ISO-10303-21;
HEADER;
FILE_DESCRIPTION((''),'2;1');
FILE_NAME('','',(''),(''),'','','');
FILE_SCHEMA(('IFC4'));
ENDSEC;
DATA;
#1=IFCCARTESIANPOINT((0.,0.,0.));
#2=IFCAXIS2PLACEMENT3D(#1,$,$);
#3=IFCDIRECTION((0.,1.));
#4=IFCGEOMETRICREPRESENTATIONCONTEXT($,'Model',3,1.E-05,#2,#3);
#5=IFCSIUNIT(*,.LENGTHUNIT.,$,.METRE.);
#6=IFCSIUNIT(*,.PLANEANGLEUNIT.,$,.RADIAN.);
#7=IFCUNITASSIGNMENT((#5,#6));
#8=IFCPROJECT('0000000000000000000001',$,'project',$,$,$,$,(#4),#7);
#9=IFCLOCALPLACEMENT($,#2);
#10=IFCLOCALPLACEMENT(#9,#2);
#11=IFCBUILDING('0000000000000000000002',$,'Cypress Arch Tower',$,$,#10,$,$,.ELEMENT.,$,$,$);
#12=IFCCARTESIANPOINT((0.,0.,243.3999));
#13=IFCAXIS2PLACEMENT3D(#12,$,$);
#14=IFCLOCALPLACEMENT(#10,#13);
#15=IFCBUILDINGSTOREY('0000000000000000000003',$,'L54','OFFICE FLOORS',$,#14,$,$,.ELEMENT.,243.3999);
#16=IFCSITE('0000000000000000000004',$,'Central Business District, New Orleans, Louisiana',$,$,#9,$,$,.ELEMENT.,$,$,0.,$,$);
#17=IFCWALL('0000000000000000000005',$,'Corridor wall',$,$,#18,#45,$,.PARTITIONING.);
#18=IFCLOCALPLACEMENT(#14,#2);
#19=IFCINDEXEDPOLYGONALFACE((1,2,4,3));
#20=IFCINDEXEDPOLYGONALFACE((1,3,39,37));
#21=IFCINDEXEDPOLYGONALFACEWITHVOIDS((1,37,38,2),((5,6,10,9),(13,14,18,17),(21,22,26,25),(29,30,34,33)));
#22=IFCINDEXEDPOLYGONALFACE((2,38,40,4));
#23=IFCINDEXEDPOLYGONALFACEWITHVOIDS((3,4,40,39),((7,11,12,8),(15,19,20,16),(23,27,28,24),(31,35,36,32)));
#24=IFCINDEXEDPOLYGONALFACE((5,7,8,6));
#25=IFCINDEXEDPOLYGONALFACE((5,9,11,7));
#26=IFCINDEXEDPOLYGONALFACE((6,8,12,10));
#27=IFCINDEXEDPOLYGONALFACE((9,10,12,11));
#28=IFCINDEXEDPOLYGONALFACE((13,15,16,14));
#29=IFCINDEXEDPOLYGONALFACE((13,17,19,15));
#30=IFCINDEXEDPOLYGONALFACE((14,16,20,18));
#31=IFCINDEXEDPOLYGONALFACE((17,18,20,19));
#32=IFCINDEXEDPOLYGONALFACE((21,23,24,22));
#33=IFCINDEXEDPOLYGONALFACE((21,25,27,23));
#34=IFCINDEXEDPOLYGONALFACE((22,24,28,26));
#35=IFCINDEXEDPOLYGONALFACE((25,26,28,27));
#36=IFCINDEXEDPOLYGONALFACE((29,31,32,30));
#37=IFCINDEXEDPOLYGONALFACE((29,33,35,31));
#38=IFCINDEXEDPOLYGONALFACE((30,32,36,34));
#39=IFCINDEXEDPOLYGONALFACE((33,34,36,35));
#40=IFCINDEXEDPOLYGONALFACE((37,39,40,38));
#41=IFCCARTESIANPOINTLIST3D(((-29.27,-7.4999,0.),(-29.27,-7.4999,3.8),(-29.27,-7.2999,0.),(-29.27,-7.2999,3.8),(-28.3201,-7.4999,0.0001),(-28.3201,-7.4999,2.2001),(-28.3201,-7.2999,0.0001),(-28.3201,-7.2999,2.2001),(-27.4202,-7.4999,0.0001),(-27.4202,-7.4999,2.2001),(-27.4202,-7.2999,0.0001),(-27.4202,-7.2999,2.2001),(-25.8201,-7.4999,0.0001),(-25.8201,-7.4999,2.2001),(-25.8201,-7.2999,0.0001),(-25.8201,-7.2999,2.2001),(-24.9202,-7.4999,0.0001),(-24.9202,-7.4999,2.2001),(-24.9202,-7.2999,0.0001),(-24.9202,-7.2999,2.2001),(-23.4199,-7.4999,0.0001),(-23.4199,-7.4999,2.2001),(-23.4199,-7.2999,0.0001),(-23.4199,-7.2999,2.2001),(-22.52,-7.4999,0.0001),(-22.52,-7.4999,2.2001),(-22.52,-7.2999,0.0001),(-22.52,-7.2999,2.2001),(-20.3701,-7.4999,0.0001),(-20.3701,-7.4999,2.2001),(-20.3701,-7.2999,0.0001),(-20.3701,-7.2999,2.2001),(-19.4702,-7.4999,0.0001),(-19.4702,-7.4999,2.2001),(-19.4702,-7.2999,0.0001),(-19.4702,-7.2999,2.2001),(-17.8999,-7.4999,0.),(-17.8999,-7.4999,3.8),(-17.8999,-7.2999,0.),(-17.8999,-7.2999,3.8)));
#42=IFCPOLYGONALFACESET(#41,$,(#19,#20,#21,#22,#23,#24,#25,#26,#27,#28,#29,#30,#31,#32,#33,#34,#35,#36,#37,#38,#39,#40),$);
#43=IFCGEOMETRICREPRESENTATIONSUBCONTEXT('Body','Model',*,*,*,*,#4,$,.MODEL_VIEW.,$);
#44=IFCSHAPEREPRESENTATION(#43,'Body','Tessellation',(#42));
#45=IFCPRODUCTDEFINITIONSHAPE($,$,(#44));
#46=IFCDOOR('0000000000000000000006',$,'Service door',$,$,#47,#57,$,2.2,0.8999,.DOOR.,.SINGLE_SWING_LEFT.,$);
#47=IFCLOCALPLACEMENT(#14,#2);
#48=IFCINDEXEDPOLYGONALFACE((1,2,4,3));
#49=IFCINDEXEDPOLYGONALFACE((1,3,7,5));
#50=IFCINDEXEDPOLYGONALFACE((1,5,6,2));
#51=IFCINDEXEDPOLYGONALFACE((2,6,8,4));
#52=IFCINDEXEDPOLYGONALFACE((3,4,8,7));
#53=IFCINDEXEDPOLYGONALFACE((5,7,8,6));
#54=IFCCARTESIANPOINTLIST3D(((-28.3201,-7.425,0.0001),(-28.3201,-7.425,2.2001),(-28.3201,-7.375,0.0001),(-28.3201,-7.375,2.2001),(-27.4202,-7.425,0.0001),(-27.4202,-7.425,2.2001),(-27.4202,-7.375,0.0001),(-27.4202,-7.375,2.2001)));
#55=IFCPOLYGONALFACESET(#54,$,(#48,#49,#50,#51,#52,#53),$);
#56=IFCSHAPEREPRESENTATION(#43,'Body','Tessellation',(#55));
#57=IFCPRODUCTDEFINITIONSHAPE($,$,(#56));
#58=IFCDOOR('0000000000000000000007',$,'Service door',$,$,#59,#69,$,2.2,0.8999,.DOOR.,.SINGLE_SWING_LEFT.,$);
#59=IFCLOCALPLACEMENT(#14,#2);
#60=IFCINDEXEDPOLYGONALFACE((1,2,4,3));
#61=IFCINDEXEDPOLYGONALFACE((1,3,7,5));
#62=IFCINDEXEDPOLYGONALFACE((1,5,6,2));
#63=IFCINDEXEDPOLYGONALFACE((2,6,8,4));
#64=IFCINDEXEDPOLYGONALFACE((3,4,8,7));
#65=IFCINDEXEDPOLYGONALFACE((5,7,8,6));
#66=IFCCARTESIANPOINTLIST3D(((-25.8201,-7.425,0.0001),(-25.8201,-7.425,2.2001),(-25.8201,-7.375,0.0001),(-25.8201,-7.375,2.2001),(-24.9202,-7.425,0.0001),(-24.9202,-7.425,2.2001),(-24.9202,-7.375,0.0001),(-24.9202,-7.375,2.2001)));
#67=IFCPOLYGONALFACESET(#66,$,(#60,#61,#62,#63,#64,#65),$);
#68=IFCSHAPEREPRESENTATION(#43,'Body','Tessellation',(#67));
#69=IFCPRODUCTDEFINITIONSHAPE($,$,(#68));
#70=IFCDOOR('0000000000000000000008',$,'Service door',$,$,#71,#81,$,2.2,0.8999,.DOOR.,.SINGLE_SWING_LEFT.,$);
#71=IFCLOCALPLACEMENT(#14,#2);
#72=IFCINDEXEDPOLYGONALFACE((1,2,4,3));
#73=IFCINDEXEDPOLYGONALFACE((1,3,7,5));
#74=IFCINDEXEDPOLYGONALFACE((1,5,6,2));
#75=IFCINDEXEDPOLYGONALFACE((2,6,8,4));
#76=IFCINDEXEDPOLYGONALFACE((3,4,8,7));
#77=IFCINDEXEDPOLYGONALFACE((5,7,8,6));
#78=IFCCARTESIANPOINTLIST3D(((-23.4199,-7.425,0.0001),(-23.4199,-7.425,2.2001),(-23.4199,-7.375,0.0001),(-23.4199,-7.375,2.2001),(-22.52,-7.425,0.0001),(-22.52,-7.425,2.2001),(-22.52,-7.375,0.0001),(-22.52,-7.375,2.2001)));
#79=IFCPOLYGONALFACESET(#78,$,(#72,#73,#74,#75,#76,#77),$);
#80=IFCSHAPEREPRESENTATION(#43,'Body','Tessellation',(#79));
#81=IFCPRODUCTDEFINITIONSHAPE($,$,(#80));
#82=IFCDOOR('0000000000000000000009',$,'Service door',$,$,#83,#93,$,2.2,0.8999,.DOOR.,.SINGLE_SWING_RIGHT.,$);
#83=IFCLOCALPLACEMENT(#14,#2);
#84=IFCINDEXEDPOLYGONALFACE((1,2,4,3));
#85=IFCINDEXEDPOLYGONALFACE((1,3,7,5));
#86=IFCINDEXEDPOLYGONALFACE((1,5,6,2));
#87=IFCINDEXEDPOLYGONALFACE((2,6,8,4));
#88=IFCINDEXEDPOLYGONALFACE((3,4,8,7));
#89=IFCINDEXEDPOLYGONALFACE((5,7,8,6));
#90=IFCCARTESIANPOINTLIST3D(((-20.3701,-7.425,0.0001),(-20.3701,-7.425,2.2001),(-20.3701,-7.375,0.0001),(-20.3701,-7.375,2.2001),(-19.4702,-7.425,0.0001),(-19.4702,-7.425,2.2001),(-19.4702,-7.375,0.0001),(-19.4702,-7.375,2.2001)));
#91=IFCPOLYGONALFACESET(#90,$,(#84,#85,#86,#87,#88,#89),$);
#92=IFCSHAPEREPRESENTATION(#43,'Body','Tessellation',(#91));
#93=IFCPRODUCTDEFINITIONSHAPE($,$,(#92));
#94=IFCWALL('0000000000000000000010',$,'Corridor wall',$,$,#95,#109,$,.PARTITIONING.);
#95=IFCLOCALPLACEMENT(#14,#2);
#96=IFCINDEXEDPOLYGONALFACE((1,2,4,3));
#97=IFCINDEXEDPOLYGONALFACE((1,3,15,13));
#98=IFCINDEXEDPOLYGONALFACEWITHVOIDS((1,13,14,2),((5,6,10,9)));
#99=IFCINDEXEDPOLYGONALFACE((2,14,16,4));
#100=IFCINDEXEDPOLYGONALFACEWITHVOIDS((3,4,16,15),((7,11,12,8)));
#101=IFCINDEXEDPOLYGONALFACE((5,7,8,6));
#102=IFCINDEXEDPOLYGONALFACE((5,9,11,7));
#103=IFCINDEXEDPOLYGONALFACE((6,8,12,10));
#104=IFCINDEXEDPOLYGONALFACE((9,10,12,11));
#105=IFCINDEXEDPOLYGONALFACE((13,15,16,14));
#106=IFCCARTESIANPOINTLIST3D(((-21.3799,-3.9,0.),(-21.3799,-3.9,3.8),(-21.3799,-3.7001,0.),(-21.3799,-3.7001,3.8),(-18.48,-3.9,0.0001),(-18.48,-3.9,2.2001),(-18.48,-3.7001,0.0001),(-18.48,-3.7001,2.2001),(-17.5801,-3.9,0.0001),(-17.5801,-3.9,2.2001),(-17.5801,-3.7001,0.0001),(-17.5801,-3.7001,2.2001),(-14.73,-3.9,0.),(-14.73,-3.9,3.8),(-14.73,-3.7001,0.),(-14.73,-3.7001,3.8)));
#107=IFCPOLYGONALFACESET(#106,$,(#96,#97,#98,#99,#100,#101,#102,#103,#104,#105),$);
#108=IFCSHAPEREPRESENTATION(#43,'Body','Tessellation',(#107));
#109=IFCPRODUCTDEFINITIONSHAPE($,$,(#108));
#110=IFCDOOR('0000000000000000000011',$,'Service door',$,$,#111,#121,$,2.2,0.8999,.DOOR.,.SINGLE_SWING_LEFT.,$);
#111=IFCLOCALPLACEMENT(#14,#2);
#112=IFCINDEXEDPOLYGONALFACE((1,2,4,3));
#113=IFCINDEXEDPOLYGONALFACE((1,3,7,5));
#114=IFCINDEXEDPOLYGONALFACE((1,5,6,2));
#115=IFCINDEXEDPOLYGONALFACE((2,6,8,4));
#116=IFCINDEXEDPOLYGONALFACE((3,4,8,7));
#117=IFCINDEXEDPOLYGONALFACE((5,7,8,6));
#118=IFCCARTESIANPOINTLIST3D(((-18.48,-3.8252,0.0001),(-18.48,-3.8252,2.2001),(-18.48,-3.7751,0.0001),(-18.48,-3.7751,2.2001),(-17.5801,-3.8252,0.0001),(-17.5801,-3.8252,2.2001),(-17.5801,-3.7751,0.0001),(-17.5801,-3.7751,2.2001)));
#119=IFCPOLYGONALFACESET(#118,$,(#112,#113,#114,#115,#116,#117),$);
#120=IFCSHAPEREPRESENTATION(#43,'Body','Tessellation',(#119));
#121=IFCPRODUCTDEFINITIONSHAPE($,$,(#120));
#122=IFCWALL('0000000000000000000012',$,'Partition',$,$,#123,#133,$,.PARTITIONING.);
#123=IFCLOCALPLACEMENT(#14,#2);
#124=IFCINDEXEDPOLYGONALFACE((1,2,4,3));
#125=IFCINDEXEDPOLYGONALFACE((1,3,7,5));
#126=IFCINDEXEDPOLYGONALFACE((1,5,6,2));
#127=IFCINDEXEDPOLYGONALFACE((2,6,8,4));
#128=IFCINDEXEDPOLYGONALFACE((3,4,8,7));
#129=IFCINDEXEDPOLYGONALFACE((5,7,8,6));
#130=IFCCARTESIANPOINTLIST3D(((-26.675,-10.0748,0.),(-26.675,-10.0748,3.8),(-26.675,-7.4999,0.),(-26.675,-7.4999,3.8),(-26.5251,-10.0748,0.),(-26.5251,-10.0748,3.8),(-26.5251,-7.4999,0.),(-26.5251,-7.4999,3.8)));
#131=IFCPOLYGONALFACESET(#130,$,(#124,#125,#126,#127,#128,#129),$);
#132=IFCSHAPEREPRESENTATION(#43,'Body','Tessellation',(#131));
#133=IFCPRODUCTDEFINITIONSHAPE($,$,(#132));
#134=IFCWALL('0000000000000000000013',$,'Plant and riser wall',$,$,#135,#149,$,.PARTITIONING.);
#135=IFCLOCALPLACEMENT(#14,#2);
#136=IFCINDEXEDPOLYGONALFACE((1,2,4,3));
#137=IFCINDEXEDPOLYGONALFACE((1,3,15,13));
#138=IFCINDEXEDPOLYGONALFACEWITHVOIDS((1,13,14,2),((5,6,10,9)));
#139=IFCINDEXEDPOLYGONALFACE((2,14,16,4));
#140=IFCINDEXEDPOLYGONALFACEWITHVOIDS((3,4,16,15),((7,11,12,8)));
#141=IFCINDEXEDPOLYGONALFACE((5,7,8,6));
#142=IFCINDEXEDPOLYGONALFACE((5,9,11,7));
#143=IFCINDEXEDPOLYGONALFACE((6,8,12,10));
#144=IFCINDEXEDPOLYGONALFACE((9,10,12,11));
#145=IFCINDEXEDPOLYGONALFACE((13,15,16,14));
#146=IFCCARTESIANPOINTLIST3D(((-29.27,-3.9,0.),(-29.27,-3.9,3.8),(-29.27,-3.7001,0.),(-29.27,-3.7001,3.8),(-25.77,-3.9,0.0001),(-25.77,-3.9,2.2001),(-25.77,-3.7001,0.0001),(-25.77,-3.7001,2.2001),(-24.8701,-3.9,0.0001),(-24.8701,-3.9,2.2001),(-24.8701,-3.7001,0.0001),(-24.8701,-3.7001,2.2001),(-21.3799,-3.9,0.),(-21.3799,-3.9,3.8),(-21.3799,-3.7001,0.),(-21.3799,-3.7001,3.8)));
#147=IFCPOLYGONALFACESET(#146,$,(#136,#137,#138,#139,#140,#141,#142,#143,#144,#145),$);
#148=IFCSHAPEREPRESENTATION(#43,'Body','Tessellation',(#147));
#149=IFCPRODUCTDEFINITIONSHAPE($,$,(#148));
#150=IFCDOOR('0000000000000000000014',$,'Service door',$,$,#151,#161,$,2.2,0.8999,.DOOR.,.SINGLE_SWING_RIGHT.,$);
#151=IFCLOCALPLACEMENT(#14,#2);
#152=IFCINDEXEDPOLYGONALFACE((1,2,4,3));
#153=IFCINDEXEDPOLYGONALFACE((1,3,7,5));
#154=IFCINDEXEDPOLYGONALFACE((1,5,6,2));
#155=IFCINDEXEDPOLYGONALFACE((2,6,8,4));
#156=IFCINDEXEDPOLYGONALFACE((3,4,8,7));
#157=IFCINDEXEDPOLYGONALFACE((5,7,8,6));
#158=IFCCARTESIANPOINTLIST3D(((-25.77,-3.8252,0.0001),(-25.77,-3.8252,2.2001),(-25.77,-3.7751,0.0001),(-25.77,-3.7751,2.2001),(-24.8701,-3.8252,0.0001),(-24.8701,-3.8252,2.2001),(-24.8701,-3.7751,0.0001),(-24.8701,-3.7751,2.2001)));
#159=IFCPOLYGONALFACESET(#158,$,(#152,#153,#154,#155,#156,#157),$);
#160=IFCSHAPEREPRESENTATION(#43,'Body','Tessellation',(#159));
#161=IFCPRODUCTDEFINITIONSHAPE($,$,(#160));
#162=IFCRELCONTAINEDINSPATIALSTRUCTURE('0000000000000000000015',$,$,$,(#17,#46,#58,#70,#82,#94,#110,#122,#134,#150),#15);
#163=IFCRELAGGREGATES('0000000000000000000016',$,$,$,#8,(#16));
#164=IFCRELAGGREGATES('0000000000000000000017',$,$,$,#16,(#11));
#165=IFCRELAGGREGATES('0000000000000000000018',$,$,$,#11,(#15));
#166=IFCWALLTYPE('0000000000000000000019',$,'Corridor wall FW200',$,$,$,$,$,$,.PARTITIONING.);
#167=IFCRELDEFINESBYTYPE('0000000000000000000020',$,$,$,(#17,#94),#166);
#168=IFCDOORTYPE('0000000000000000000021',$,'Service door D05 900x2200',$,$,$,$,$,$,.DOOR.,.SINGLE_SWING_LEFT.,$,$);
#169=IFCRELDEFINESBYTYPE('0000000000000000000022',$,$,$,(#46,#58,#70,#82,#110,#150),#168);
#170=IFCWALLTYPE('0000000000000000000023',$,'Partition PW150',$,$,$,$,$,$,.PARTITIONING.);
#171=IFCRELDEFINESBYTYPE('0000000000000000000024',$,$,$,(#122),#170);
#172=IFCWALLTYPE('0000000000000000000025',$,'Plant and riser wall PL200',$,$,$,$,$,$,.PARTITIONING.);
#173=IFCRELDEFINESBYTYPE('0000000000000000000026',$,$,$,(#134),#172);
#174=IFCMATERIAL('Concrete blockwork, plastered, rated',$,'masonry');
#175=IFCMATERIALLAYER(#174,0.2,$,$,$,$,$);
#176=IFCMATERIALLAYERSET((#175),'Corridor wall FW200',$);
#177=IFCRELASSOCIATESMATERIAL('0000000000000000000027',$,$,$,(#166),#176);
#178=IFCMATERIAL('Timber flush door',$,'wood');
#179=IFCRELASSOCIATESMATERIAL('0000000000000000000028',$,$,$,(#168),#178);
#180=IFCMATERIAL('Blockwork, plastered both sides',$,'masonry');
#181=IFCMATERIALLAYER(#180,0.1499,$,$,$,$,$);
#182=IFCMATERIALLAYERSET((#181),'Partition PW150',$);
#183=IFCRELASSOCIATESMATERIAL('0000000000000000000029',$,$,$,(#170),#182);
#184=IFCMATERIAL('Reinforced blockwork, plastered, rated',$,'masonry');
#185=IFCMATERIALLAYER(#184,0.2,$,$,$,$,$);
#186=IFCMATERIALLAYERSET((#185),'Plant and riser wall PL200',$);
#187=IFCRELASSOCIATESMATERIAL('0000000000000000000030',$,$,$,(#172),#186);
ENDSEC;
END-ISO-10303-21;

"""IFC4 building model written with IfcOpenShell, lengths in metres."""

from ifc_helpers import new_model, si_unit, direction, frame, frame_2d, origin, place, context, subcontext, project, spatial, rectangle, extrude, material, layer, layer_set, type_object, element, fill, save


model = new_model("IFC4")

# Units and contexts
model_context = context("Model", 3, precision=1e-05, world=origin(), true_north=direction((0.0, 1.0)))
body_context = subcontext(model_context, "Body", "Model", "MODEL_VIEW")
ifc_project = project(units=[si_unit("LENGTHUNIT", "METRE"), si_unit("PLANEANGLEUNIT", "RADIAN")], contexts=[model_context])

# Site, building, storey
site_placement = place(None, origin())
site = spatial("IfcSite", under=ifc_project, at=site_placement, Name="Central Business District, New Orleans, Louisiana", CompositionType="ELEMENT", RefElevation=0.0)
building_placement = place(site_placement, origin())
building = spatial("IfcBuilding", under=site, at=building_placement, Name="Cypress Arch Tower", CompositionType="ELEMENT")
storey_placement = place(building_placement, frame((0.0, 0.0, 243.3999)))
storey = spatial("IfcBuildingStorey", under=building, at=storey_placement, Name="L54", Description="OFFICE FLOORS", CompositionType="ELEMENT", Elevation=243.3999)

# Wall, openings, doors
ifc_material_1 = material(Name="Concrete blockwork, plastered, rated", Category="masonry")
ifc_layer_1 = layer(ifc_material_1, 0.2)
ifc_layer_set_1 = layer_set([ifc_layer_1], Name="Corridor wall FW200")
wall_type_1 = type_object("IfcWallType", Name="Corridor wall FW200", PredefinedType="PARTITIONING", material=ifc_layer_set_1)
wall_1_placement = place(storey_placement, frame((-29.27, -7.3999, 0.0), z_axis=(0.0, 0.0, 1.0), x_axis=(1.0, 0.0, 0.0)))
wall_1 = element("IfcWall", 1, at=wall_1_placement, inside=storey, type_object=wall_type_1, Name="Corridor wall", PredefinedType="PARTITIONING", context=body_context, shape_type="SweptSolid", body=[
    extrude(rectangle(XDim=11.3701, YDim=0.2, at=frame_2d((5.6851, 0.0))), origin(), (0.0, 0.0, 1.0), 3.8),
])
opening_1_placement = place(wall_1_placement, frame((0.95, 0.0, 0.0)))
opening_1 = element("IfcOpeningElement", 2, at=opening_1_placement, cuts=wall_1, PredefinedType="OPENING", context=body_context, shape_type="SweptSolid", body=[
    extrude(rectangle(XDim=0.8999, YDim=2.2, at=frame_2d((0.45, 1.1001))), frame((0.0, 0.1099, 0.0), z_axis=(0.0, -1.0, 0.0), x_axis=(1.0, 0.0, 0.0)), (0.0, 0.0, 1.0), 0.22),
])
opening_2_placement = place(wall_1_placement, frame((3.45, 0.0, 0.0)))
opening_2 = element("IfcOpeningElement", 3, at=opening_2_placement, cuts=wall_1, PredefinedType="OPENING", context=body_context, shape_type="SweptSolid", body=[
    extrude(rectangle(XDim=0.8999, YDim=2.2, at=frame_2d((0.45, 1.1001))), frame((0.0, 0.1099, 0.0), z_axis=(0.0, -1.0, 0.0), x_axis=(1.0, 0.0, 0.0)), (0.0, 0.0, 1.0), 0.22),
])
opening_3_placement = place(wall_1_placement, frame((5.8501, 0.0, 0.0)))
opening_3 = element("IfcOpeningElement", 4, at=opening_3_placement, cuts=wall_1, PredefinedType="OPENING", context=body_context, shape_type="SweptSolid", body=[
    extrude(rectangle(XDim=0.8999, YDim=2.2, at=frame_2d((0.45, 1.1001))), frame((0.0, 0.1099, 0.0), z_axis=(0.0, -1.0, 0.0), x_axis=(1.0, 0.0, 0.0)), (0.0, 0.0, 1.0), 0.22),
])
opening_4_placement = place(wall_1_placement, frame((8.8999, 0.0, 0.0)))
opening_4 = element("IfcOpeningElement", 5, at=opening_4_placement, cuts=wall_1, PredefinedType="OPENING", context=body_context, shape_type="SweptSolid", body=[
    extrude(rectangle(XDim=0.8999, YDim=2.2, at=frame_2d((0.45, 1.1001))), frame((0.0, 0.1099, 0.0), z_axis=(0.0, -1.0, 0.0), x_axis=(1.0, 0.0, 0.0)), (0.0, 0.0, 1.0), 0.22),
])
ifc_material_2 = material(Name="Timber flush door", Category="wood")
door_type = type_object("IfcDoorType", Name="Service door D05 900x2200", OperationType="SINGLE_SWING_LEFT", PredefinedType="DOOR", material=ifc_material_2)
door_1_placement = place(opening_1_placement, origin())
door_1 = element("IfcDoor", 6, at=door_1_placement, inside=storey, type_object=door_type, Name="Service door", OperationType="SINGLE_SWING_LEFT", OverallHeight=2.2, OverallWidth=0.8999, PredefinedType="DOOR", context=body_context, shape_type="SweptSolid", body=[
    extrude(rectangle(XDim=0.8999, YDim=2.2, at=frame_2d((0.45, 1.1001))), frame((0.0, 0.0249, 0.0), z_axis=(0.0, -1.0, 0.0), x_axis=(1.0, 0.0, 0.0)), (0.0, 0.0, 1.0), 0.05),
])
fill(opening_1, door_1)
door_2_placement = place(opening_2_placement, origin())
door_2 = element("IfcDoor", 7, at=door_2_placement, inside=storey, type_object=door_type, Name="Service door", OperationType="SINGLE_SWING_LEFT", OverallHeight=2.2, OverallWidth=0.8999, PredefinedType="DOOR", context=body_context, shape_type="SweptSolid", body=[
    extrude(rectangle(XDim=0.8999, YDim=2.2, at=frame_2d((0.45, 1.1001))), frame((0.0, 0.0249, 0.0), z_axis=(0.0, -1.0, 0.0), x_axis=(1.0, 0.0, 0.0)), (0.0, 0.0, 1.0), 0.05),
])
fill(opening_2, door_2)
door_3_placement = place(opening_3_placement, origin())
door_3 = element("IfcDoor", 8, at=door_3_placement, inside=storey, type_object=door_type, Name="Service door", OperationType="SINGLE_SWING_LEFT", OverallHeight=2.2, OverallWidth=0.8999, PredefinedType="DOOR", context=body_context, shape_type="SweptSolid", body=[
    extrude(rectangle(XDim=0.8999, YDim=2.2, at=frame_2d((0.45, 1.1001))), frame((0.0, 0.0249, 0.0), z_axis=(0.0, -1.0, 0.0), x_axis=(1.0, 0.0, 0.0)), (0.0, 0.0, 1.0), 0.05),
])
fill(opening_3, door_3)
door_4_placement = place(opening_4_placement, origin())
door_4 = element("IfcDoor", 9, at=door_4_placement, inside=storey, type_object=door_type, Name="Service door", OperationType="SINGLE_SWING_RIGHT", OverallHeight=2.2, OverallWidth=0.8999, PredefinedType="DOOR", context=body_context, shape_type="SweptSolid", body=[
    extrude(rectangle(XDim=0.8999, YDim=2.2, at=frame_2d((0.45, 1.1001))), frame((0.0, 0.0249, 0.0), z_axis=(0.0, -1.0, 0.0), x_axis=(1.0, 0.0, 0.0)), (0.0, 0.0, 1.0), 0.05),
])
fill(opening_4, door_4)

# Wall, opening, door
wall_2_placement = place(storey_placement, frame((-21.3799, -3.8, 0.0), z_axis=(0.0, 0.0, 1.0), x_axis=(1.0, 0.0, 0.0)))
wall_2 = element("IfcWall", 10, at=wall_2_placement, inside=storey, type_object=wall_type_1, Name="Corridor wall", PredefinedType="PARTITIONING", context=body_context, shape_type="SweptSolid", body=[
    extrude(rectangle(XDim=6.6499, YDim=0.2, at=frame_2d((3.325, 0.0))), origin(), (0.0, 0.0, 1.0), 3.8),
])
opening_5_placement = place(wall_2_placement, frame((2.8999, 0.0, 0.0)))
opening_5 = element("IfcOpeningElement", 11, at=opening_5_placement, cuts=wall_2, PredefinedType="OPENING", context=body_context, shape_type="SweptSolid", body=[
    extrude(rectangle(XDim=0.8999, YDim=2.2, at=frame_2d((0.45, 1.1001))), frame((0.0, 0.1099, 0.0), z_axis=(0.0, -1.0, 0.0), x_axis=(1.0, 0.0, 0.0)), (0.0, 0.0, 1.0), 0.22),
])
door_5_placement = place(opening_5_placement, origin())
door_5 = element("IfcDoor", 12, at=door_5_placement, inside=storey, type_object=door_type, Name="Service door", OperationType="SINGLE_SWING_LEFT", OverallHeight=2.2, OverallWidth=0.8999, PredefinedType="DOOR", context=body_context, shape_type="SweptSolid", body=[
    extrude(rectangle(XDim=0.8999, YDim=2.2, at=frame_2d((0.45, 1.1001))), frame((0.0, 0.0249, 0.0), z_axis=(0.0, -1.0, 0.0), x_axis=(1.0, 0.0, 0.0)), (0.0, 0.0, 1.0), 0.05),
])
fill(opening_5, door_5)

# Wall
ifc_material_3 = material(Name="Blockwork, plastered both sides", Category="masonry")
ifc_layer_2 = layer(ifc_material_3, 0.1499)
ifc_layer_set_2 = layer_set([ifc_layer_2], Name="Partition PW150")
wall_type_2 = type_object("IfcWallType", Name="Partition PW150", PredefinedType="PARTITIONING", material=ifc_layer_set_2)
wall_3_placement = place(storey_placement, frame((-26.6001, -10.075, 0.0), z_axis=(0.0, 0.0, 1.0), x_axis=(0.0, 1.0, 0.0)))
element("IfcWall", 13, at=wall_3_placement, inside=storey, type_object=wall_type_2, Name="Partition", PredefinedType="PARTITIONING", context=body_context, shape_type="SweptSolid", body=[
    extrude(rectangle(XDim=2.575, YDim=0.1499, at=frame_2d((1.2876, 0.0))), origin(), (0.0, 0.0, 1.0), 3.8),
])

# Wall, opening, door
ifc_material_4 = material(Name="Reinforced blockwork, plastered, rated", Category="masonry")
ifc_layer_3 = layer(ifc_material_4, 0.2)
ifc_layer_set_3 = layer_set([ifc_layer_3], Name="Plant and riser wall PL200")
wall_type_3 = type_object("IfcWallType", Name="Plant and riser wall PL200", PredefinedType="PARTITIONING", material=ifc_layer_set_3)
wall_4_placement = place(storey_placement, frame((-29.27, -3.8, 0.0), z_axis=(0.0, 0.0, 1.0), x_axis=(1.0, 0.0, 0.0)))
wall_4 = element("IfcWall", 14, at=wall_4_placement, inside=storey, type_object=wall_type_3, Name="Plant and riser wall", PredefinedType="PARTITIONING", context=body_context, shape_type="SweptSolid", body=[
    extrude(rectangle(XDim=7.8901, YDim=0.2, at=frame_2d((3.9451, 0.0))), origin(), (0.0, 0.0, 1.0), 3.8),
])
opening_6_placement = place(wall_4_placement, frame((3.5, 0.0, 0.0)))
opening_6 = element("IfcOpeningElement", 15, at=opening_6_placement, cuts=wall_4, PredefinedType="OPENING", context=body_context, shape_type="SweptSolid", body=[
    extrude(rectangle(XDim=0.8999, YDim=2.2, at=frame_2d((0.45, 1.1001))), frame((0.0, 0.1099, 0.0), z_axis=(0.0, -1.0, 0.0), x_axis=(1.0, 0.0, 0.0)), (0.0, 0.0, 1.0), 0.22),
])
door_6_placement = place(opening_6_placement, origin())
door_6 = element("IfcDoor", 16, at=door_6_placement, inside=storey, type_object=door_type, Name="Service door", OperationType="SINGLE_SWING_RIGHT", OverallHeight=2.2, OverallWidth=0.8999, PredefinedType="DOOR", context=body_context, shape_type="SweptSolid", body=[
    extrude(rectangle(XDim=0.8999, YDim=2.2, at=frame_2d((0.45, 1.1001))), frame((0.0, 0.0249, 0.0), z_axis=(0.0, -1.0, 0.0), x_axis=(1.0, 0.0, 0.0)), (0.0, 0.0, 1.0), 0.05),
])
fill(opening_6, door_6)

save(model, "model.ifc")
